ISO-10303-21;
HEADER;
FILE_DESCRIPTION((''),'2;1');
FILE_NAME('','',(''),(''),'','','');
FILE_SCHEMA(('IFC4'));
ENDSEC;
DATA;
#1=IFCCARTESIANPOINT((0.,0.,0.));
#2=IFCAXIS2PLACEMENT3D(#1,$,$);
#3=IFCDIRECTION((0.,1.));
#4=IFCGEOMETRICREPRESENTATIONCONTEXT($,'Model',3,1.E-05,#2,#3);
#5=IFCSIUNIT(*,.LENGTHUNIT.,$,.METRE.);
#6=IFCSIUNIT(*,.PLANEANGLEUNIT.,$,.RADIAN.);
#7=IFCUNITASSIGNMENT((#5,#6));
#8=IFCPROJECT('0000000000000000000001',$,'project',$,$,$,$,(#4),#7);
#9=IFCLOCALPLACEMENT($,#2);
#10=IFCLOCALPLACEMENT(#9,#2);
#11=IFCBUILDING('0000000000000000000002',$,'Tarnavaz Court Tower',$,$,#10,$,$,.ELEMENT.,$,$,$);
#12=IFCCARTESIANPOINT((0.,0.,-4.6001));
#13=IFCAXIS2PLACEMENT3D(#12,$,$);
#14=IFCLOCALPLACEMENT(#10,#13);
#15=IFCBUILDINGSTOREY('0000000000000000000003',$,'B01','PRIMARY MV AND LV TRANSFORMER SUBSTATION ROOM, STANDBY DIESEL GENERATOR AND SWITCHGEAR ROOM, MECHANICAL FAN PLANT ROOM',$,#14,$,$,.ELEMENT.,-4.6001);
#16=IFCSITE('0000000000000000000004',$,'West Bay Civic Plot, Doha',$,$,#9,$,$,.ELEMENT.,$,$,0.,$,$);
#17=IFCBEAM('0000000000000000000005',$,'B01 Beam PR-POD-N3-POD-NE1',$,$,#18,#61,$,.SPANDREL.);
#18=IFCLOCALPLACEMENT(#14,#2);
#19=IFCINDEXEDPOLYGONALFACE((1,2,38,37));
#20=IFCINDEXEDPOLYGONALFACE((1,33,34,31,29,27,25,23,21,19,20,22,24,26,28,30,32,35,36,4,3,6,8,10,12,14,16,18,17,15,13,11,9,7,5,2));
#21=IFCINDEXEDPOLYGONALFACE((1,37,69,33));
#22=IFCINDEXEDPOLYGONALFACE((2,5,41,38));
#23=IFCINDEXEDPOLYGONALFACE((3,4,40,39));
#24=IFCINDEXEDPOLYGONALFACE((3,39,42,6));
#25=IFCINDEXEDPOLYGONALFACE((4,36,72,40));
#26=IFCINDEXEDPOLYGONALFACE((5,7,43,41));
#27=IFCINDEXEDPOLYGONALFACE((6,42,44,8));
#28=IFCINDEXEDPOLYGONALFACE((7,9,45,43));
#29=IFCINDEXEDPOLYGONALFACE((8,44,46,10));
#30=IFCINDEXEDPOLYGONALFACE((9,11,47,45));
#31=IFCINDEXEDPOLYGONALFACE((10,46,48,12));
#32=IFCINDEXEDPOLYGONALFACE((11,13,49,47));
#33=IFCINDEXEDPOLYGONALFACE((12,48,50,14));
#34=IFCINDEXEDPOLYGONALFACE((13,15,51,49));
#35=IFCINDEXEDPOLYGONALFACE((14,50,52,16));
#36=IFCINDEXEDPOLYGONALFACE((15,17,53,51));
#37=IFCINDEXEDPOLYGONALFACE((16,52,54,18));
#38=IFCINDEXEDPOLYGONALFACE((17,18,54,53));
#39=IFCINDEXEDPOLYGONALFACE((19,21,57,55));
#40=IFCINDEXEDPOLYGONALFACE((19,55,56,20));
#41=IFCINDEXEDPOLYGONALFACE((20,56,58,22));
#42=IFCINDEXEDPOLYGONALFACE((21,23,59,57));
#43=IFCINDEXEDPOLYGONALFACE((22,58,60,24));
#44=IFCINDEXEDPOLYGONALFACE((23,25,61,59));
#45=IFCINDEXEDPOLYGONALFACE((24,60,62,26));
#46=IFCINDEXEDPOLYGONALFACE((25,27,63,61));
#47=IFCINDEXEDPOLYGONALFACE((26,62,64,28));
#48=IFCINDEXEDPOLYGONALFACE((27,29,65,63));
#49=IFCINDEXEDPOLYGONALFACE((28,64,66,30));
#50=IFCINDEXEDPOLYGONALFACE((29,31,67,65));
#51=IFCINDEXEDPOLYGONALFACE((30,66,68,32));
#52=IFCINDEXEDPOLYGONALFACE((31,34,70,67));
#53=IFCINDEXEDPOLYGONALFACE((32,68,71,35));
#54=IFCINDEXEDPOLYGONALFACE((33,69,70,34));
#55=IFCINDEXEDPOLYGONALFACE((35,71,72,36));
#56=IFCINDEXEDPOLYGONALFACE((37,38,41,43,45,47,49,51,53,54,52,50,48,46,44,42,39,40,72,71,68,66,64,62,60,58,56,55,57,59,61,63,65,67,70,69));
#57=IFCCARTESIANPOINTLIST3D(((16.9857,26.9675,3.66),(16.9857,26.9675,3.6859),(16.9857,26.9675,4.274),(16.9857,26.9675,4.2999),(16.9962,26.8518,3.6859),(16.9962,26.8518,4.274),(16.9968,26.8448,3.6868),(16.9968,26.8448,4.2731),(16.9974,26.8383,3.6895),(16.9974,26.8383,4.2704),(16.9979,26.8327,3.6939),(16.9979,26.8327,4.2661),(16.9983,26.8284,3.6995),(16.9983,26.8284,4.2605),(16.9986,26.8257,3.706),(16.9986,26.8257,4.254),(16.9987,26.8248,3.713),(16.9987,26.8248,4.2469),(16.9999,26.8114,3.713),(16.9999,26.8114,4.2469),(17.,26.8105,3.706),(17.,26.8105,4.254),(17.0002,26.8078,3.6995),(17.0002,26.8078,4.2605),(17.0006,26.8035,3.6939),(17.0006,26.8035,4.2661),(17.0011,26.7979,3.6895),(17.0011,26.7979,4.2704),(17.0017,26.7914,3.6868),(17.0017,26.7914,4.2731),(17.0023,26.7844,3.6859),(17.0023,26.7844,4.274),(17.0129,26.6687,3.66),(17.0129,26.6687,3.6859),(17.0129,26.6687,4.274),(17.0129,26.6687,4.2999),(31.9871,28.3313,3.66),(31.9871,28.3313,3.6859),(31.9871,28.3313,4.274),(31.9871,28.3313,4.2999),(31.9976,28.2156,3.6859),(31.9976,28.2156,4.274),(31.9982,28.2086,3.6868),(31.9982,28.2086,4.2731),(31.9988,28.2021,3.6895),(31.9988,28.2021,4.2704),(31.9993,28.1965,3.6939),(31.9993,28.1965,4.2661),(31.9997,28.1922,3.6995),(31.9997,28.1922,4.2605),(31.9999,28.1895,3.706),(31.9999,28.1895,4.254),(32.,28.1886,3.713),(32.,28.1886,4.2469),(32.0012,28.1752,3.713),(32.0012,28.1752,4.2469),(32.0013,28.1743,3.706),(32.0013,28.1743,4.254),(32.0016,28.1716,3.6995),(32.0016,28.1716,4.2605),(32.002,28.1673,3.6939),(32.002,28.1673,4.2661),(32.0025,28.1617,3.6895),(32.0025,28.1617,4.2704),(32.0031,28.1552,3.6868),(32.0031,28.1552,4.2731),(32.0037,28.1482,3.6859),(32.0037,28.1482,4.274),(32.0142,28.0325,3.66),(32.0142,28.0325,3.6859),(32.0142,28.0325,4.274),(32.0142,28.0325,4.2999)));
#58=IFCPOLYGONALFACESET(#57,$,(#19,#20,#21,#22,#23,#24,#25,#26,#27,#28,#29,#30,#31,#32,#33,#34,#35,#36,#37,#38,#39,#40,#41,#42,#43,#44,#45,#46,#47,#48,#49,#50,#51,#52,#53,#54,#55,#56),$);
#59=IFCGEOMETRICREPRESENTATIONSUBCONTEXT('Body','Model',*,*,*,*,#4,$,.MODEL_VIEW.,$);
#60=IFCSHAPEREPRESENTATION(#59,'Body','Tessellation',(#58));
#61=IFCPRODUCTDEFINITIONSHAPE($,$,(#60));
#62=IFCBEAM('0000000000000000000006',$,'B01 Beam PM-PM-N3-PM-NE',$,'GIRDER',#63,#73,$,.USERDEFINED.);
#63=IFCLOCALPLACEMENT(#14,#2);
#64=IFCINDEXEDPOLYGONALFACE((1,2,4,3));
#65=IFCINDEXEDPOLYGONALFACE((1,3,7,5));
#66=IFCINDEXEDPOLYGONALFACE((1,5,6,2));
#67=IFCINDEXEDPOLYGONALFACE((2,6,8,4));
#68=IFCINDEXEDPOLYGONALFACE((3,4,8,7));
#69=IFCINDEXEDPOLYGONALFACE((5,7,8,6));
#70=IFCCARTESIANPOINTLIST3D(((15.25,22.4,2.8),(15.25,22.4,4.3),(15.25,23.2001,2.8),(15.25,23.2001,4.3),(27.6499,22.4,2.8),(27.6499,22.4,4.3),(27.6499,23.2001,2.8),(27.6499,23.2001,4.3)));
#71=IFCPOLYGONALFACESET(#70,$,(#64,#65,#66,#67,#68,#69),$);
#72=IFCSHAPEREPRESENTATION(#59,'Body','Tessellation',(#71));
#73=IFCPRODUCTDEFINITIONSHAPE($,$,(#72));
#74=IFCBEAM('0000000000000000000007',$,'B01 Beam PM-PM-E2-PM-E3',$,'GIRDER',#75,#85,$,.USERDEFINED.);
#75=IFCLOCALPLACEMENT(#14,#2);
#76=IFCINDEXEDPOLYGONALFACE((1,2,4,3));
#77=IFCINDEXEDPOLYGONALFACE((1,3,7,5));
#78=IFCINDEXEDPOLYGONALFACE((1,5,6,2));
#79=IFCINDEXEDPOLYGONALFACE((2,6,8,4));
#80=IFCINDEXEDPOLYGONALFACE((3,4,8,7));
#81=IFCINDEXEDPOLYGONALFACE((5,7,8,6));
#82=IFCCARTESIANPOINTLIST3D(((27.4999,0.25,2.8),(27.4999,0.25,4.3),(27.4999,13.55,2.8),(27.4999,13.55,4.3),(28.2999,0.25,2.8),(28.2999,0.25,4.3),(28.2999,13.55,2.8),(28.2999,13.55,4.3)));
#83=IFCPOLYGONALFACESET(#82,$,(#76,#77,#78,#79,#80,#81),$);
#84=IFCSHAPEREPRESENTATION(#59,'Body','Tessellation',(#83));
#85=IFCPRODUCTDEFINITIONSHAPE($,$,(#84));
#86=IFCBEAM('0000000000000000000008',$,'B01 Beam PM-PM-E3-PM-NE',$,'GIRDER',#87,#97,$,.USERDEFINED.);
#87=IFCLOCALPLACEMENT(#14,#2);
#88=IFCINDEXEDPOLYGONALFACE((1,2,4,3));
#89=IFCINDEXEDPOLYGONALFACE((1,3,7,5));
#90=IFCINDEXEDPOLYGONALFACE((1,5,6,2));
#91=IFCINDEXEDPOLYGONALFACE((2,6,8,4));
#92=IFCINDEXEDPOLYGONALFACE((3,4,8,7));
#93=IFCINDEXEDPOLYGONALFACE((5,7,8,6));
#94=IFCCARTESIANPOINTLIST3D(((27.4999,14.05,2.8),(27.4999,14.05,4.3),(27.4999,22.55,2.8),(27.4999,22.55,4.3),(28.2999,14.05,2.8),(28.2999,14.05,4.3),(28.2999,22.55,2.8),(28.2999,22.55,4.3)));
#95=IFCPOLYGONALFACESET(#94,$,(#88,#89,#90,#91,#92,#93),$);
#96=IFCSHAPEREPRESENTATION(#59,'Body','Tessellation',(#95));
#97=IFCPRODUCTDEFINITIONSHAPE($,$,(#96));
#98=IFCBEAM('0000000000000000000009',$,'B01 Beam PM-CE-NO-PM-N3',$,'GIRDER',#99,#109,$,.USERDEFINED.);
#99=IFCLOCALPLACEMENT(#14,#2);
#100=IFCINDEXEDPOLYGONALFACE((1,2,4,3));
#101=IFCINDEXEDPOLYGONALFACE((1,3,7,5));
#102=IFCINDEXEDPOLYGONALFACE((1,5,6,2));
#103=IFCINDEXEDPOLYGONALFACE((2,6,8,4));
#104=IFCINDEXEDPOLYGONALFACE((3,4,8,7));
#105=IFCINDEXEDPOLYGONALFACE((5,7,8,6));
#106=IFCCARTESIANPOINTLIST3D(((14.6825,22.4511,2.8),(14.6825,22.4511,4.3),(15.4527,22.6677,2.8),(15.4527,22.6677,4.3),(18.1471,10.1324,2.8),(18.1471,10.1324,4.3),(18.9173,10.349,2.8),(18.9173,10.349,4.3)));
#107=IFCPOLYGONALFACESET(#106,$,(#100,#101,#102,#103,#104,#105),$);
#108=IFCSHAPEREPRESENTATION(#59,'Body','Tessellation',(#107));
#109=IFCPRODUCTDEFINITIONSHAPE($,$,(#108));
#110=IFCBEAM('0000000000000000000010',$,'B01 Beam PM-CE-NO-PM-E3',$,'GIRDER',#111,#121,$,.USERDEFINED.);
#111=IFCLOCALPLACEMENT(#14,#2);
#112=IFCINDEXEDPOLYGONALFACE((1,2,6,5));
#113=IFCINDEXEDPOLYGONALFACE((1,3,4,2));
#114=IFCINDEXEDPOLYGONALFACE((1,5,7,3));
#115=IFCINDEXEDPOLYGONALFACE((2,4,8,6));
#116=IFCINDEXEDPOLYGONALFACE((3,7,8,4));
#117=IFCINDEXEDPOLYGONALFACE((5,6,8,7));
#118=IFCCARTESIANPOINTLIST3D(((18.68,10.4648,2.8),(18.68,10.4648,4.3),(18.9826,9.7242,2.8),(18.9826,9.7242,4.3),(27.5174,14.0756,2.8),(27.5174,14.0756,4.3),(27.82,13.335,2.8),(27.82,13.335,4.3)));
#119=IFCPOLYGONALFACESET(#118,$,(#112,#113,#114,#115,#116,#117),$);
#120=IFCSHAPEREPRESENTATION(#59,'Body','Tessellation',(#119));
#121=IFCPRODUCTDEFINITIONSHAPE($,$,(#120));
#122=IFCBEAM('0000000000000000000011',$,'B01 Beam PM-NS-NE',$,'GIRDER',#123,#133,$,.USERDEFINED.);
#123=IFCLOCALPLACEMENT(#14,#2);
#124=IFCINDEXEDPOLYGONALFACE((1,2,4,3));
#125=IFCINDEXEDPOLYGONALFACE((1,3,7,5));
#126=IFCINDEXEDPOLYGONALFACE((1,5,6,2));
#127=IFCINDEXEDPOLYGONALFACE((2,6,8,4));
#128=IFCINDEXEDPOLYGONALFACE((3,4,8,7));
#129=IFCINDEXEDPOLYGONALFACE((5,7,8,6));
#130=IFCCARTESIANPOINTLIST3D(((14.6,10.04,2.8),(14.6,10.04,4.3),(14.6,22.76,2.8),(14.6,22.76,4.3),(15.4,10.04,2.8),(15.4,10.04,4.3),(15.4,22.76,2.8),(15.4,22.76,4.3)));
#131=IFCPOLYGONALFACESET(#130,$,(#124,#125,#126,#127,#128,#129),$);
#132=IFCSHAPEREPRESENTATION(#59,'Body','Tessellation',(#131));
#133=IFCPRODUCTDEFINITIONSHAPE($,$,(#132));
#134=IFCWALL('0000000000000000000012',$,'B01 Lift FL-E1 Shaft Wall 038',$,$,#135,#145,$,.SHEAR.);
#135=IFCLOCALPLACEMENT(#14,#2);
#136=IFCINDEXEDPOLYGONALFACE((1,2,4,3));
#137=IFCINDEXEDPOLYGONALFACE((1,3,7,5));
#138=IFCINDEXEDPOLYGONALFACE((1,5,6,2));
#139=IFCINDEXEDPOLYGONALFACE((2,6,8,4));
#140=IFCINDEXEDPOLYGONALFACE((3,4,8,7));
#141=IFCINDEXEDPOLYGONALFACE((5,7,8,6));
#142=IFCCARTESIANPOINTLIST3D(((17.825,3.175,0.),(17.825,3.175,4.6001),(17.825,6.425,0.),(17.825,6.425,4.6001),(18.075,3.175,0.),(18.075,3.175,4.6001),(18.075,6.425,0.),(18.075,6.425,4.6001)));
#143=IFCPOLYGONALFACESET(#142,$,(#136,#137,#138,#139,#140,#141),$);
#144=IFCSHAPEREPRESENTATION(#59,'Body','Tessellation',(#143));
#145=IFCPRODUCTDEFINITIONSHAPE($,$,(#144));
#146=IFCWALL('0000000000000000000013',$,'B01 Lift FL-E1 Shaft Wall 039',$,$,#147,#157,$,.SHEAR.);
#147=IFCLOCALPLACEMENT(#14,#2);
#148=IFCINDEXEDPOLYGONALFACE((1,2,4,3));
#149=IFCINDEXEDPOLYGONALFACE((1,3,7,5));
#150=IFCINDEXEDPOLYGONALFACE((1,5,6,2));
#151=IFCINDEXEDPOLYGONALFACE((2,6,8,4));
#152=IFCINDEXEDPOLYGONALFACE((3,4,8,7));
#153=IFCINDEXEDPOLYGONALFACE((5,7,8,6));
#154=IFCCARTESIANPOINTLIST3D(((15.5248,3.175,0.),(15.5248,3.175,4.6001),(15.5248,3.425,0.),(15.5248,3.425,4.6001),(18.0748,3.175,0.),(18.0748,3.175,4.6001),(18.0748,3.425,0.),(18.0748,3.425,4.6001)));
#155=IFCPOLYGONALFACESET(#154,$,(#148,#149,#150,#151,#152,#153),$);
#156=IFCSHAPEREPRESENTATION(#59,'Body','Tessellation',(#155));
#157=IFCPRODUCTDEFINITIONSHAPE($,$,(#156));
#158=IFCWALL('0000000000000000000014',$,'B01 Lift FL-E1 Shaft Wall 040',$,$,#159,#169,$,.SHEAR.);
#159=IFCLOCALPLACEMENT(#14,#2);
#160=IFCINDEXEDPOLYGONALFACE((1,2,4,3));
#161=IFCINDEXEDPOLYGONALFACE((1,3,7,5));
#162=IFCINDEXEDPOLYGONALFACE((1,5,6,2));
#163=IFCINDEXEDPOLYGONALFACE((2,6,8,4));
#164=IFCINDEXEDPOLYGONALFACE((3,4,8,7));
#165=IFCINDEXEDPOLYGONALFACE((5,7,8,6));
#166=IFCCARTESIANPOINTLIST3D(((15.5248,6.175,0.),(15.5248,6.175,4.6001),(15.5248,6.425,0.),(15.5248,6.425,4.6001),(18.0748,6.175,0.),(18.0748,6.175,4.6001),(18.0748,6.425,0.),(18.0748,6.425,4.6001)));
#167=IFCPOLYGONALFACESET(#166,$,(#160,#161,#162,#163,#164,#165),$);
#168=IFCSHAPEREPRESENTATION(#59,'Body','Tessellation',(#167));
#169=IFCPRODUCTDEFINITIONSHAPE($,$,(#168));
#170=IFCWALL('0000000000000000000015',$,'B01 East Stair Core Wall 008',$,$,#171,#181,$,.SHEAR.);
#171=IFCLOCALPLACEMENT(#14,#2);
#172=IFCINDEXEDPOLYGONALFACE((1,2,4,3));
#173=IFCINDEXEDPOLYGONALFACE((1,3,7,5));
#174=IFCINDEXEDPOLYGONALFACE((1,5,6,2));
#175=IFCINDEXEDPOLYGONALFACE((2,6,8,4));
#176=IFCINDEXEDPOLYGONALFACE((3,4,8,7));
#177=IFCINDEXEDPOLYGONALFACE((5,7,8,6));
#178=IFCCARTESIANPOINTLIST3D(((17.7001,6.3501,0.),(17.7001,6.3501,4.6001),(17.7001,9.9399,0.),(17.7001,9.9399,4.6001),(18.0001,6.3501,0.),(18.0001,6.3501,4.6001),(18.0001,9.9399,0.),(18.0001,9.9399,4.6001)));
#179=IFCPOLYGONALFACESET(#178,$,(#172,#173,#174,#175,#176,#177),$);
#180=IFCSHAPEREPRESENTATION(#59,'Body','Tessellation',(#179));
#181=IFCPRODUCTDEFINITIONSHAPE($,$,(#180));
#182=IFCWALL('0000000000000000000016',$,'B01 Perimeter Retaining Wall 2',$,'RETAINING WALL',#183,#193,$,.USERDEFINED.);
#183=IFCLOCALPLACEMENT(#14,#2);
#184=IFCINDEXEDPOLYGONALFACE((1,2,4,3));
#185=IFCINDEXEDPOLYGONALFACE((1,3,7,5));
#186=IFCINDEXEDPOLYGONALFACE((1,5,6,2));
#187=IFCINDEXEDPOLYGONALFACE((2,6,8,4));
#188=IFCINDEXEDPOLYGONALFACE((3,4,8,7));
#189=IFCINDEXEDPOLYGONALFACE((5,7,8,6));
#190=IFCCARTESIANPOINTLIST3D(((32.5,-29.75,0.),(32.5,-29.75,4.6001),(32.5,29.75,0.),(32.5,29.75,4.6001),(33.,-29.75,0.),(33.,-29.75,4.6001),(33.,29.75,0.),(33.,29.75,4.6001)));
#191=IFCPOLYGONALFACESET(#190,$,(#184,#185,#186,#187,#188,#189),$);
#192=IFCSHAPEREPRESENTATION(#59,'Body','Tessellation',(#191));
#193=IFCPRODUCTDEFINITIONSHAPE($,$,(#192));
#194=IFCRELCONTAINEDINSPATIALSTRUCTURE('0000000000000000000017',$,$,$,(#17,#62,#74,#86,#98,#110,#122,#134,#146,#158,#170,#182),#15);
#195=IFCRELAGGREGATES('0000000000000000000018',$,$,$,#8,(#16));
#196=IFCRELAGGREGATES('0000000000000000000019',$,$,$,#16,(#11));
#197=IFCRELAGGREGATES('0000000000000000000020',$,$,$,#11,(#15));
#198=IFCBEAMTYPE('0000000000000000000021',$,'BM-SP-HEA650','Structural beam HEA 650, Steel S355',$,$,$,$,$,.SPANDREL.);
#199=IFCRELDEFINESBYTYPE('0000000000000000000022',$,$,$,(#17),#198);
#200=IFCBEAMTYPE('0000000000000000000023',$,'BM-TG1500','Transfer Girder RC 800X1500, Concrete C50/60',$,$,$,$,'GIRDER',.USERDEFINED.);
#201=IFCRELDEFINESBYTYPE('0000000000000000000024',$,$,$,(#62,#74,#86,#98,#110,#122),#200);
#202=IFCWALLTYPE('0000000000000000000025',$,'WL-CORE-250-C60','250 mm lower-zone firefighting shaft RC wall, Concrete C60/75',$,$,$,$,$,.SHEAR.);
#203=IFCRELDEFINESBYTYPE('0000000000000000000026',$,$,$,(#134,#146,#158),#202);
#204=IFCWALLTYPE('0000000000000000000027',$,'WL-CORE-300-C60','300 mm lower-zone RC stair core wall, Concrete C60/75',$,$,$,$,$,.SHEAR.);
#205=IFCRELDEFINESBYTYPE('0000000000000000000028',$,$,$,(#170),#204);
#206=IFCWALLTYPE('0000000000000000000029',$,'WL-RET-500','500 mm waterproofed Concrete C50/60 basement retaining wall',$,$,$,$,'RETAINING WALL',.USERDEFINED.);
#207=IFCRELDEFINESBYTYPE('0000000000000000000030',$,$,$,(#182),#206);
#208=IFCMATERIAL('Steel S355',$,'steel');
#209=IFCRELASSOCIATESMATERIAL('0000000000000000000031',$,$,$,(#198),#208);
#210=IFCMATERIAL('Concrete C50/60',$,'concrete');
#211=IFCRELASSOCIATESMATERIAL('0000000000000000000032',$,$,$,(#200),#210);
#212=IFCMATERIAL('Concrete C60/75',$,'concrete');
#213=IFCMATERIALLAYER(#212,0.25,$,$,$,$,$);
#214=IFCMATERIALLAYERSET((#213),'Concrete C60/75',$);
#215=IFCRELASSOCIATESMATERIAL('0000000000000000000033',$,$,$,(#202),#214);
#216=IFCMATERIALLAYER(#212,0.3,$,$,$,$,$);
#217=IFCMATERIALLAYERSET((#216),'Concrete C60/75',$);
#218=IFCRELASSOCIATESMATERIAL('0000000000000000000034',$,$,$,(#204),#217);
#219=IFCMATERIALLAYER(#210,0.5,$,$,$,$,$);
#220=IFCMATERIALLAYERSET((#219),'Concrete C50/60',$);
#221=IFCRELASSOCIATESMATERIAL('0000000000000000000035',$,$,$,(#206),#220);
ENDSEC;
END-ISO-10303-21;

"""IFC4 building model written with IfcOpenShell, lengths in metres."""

from ifc_helpers import new_model, si_unit, direction, frame, frame_2d, origin, origin_2d, place, context, subcontext, project, spatial, rectangle, i_section, extrude, material, layer, layer_set, material_profile, profile_set, type_object, element, save


model = new_model("IFC4")

# Units and contexts
model_context = context("Model", 3, precision=1e-05, world=origin(), true_north=direction((0.0, 1.0)))
body_context = subcontext(model_context, "Body", "Model", "MODEL_VIEW")
ifc_project = project(units=[si_unit("LENGTHUNIT", "METRE"), si_unit("PLANEANGLEUNIT", "RADIAN")], contexts=[model_context])

# Site, building, storey
site_placement = place(None, origin())
site = spatial("IfcSite", under=ifc_project, at=site_placement, Name="West Bay Civic Plot, Doha", CompositionType="ELEMENT", RefElevation=0.0)
building_placement = place(site_placement, origin())
building = spatial("IfcBuilding", under=site, at=building_placement, Name="Tarnavaz Court Tower", CompositionType="ELEMENT")
storey_placement = place(building_placement, frame((0.0, 0.0, -4.6001)))
storey = spatial("IfcBuildingStorey", under=building, at=storey_placement, Name="B01", Description="PRIMARY MV AND LV TRANSFORMER SUBSTATION ROOM, STANDBY DIESEL GENERATOR AND SWITCHGEAR ROOM, MECHANICAL FAN PLANT ROOM", CompositionType="ELEMENT", Elevation=-4.6001)

# Shared definitions
ifc_material_1 = material(Name="Concrete C60/75", Category="concrete")
ifc_material_2 = material(Name="Concrete C50/60", Category="concrete")

# Beams
ifc_material_3 = material(Name="Steel S355", Category="steel")
ifc_material_profile_1 = material_profile(ifc_material_3, i_section(OverallWidth=0.3, OverallDepth=0.6399, WebThickness=0.0134, FlangeThickness=0.0259, FilletRadius=0.0271, at=origin_2d()), Name="HEA 650")
ifc_profile_set_1 = profile_set([ifc_material_profile_1], Name="Steel S355")
beam_type_1 = type_object("IfcBeamType", Name="BM-SP-HEA650", Description="Structural beam HEA 650, Steel S355", PredefinedType="SPANDREL", material=ifc_profile_set_1)
beam_1_placement = place(storey_placement, frame((16.9993, 26.8181, 3.98), z_axis=(0.995893, 0.090536, 0.0), x_axis=(-0.090536, 0.995893, 0.0)))
element("IfcBeam", 1, at=beam_1_placement, inside=storey, type_object=beam_type_1, Name="B01 Beam PR-POD-N3-POD-NE1", PredefinedType="SPANDREL", context=body_context, shape_type="SweptSolid", body=[
    extrude(i_section(OverallWidth=0.3, OverallDepth=0.6399, WebThickness=0.0134, FlangeThickness=0.0259, FilletRadius=0.0271, at=origin_2d()), origin(), (0.0, 0.0, 1.0), 15.0632),
])
ifc_material_profile_2 = material_profile(ifc_material_2, rectangle(XDim=0.8, YDim=1.5, at=origin_2d()), Name="RC 800X1500")
ifc_profile_set_2 = profile_set([ifc_material_profile_2], Name="Concrete C50/60")
beam_type_2 = type_object("IfcBeamType", Name="BM-TG1500", Description="Transfer Girder RC 800X1500, Concrete C50/60", ElementType="GIRDER", PredefinedType="USERDEFINED", material=ifc_profile_set_2)
beam_2_placement = place(storey_placement, frame((15.25, 22.8, 3.55), z_axis=(1.0, 0.0, 0.0), x_axis=(0.0, 1.0, 0.0)))
element("IfcBeam", 2, at=beam_2_placement, inside=storey, type_object=beam_type_2, Name="B01 Beam PM-PM-N3-PM-NE", ObjectType="GIRDER", PredefinedType="USERDEFINED", context=body_context, shape_type="SweptSolid", body=[
    extrude(rectangle(XDim=0.8, YDim=1.5, at=origin_2d()), origin(), (0.0, 0.0, 1.0), 12.3999),
])
beam_3_placement = place(storey_placement, frame((27.8999, 0.25, 3.55), z_axis=(0.0, 1.0, 0.0), x_axis=(-1.0, 0.0, 0.0)))
element("IfcBeam", 3, at=beam_3_placement, inside=storey, type_object=beam_type_2, Name="B01 Beam PM-PM-E2-PM-E3", ObjectType="GIRDER", PredefinedType="USERDEFINED", context=body_context, shape_type="SweptSolid", body=[
    extrude(rectangle(XDim=0.8, YDim=1.5, at=origin_2d()), origin(), (0.0, 0.0, 1.0), 13.3),
])
beam_4_placement = place(storey_placement, frame((27.8999, 14.05, 3.55), z_axis=(0.0, 1.0, 0.0), x_axis=(-1.0, 0.0, 0.0)))
element("IfcBeam", 4, at=beam_4_placement, inside=storey, type_object=beam_type_2, Name="B01 Beam PM-PM-E3-PM-NE", ObjectType="GIRDER", PredefinedType="USERDEFINED", context=body_context, shape_type="SweptSolid", body=[
    extrude(rectangle(XDim=0.8, YDim=1.5, at=origin_2d()), origin(), (0.0, 0.0, 1.0), 8.5),
])
beam_5_placement = place(storey_placement, frame((18.5322, 10.2407, 3.55), z_axis=(-0.270745, 0.962651, 0.0), x_axis=(-0.962651, -0.270745, 0.0)))
element("IfcBeam", 5, at=beam_5_placement, inside=storey, type_object=beam_type_2, Name="B01 Beam PM-CE-NO-PM-N3", ObjectType="GIRDER", PredefinedType="USERDEFINED", context=body_context, shape_type="SweptSolid", body=[
    extrude(rectangle(XDim=0.8, YDim=1.5, at=origin_2d()), origin(), (0.0, 0.0, 1.0), 12.7966),
])
beam_6_placement = place(storey_placement, frame((18.8313, 10.0945, 3.55), z_axis=(0.925711, 0.378233, 0.0), x_axis=(-0.378233, 0.925711, 0.0)))
element("IfcBeam", 6, at=beam_6_placement, inside=storey, type_object=beam_type_2, Name="B01 Beam PM-CE-NO-PM-E3", ObjectType="GIRDER", PredefinedType="USERDEFINED", context=body_context, shape_type="SweptSolid", body=[
    extrude(rectangle(XDim=0.8, YDim=1.5, at=origin_2d()), origin(), (0.0, 0.0, 1.0), 9.5466),
])
beam_7_placement = place(storey_placement, frame((15.0, 10.04, 3.55), z_axis=(0.0, 1.0, 0.0), x_axis=(-1.0, 0.0, 0.0)))
element("IfcBeam", 7, at=beam_7_placement, inside=storey, type_object=beam_type_2, Name="B01 Beam PM-NS-NE", ObjectType="GIRDER", PredefinedType="USERDEFINED", context=body_context, shape_type="SweptSolid", body=[
    extrude(rectangle(XDim=0.8, YDim=1.5, at=origin_2d()), origin(), (0.0, 0.0, 1.0), 12.72),
])

# Shared definitions
ifc_layer_1 = layer(ifc_material_1, 0.25)
ifc_layer_set_1 = layer_set([ifc_layer_1], Name="Concrete C60/75")
wall_type_1 = type_object("IfcWallType", Name="WL-CORE-250-C60", Description="250 mm lower-zone firefighting shaft RC wall, Concrete C60/75", PredefinedType="SHEAR", material=ifc_layer_set_1)

# Walls
wall_1_placement = place(storey_placement, frame((17.95, 3.175, 0.0), z_axis=(0.0, 0.0, 1.0), x_axis=(0.0, 1.0, 0.0)))
element("IfcWall", 8, at=wall_1_placement, inside=storey, type_object=wall_type_1, Name="B01 Lift FL-E1 Shaft Wall 038", PredefinedType="SHEAR", context=body_context, shape_type="SweptSolid", body=[
    extrude(rectangle(XDim=3.25, YDim=0.25, at=frame_2d((1.625, 0.0))), origin(), (0.0, 0.0, 1.0), 4.6001),
])
for number, where, z_axis, x_axis, name in (
    (9, (15.5249, 3.3, 0.0), (0.0, 0.0, 1.0), (1.0, 0.0, 0.0), "B01 Lift FL-E1 Shaft Wall 039"),
    (10, (15.5249, 6.3, 0.0), (0.0, 0.0, 1.0), (1.0, 0.0, 0.0), "B01 Lift FL-E1 Shaft Wall 040"),
):
    element("IfcWall", number, at=place(storey_placement, frame(where, z_axis=z_axis, x_axis=x_axis)), inside=storey, type_object=wall_type_1, Name=name, PredefinedType="SHEAR", context=body_context, shape_type="SweptSolid", body=[
        extrude(rectangle(XDim=2.55, YDim=0.25, at=frame_2d((1.2749, 0.0))), origin(), (0.0, 0.0, 1.0), 4.6001),
    ])
ifc_layer_2 = layer(ifc_material_1, 0.3)
ifc_layer_set_2 = layer_set([ifc_layer_2], Name="Concrete C60/75")
wall_type_2 = type_object("IfcWallType", Name="WL-CORE-300-C60", Description="300 mm lower-zone RC stair core wall, Concrete C60/75", PredefinedType="SHEAR", material=ifc_layer_set_2)
wall_2_placement = place(storey_placement, frame((17.8501, 6.3501, 0.0), z_axis=(0.0, 0.0, 1.0), x_axis=(0.0, 1.0, 0.0)))
element("IfcWall", 11, at=wall_2_placement, inside=storey, type_object=wall_type_2, Name="B01 East Stair Core Wall 008", PredefinedType="SHEAR", context=body_context, shape_type="SweptSolid", body=[
    extrude(rectangle(XDim=3.5898, YDim=0.3, at=frame_2d((1.7949, 0.0))), origin(), (0.0, 0.0, 1.0), 4.6001),
])
ifc_layer_3 = layer(ifc_material_2, 0.5)
ifc_layer_set_3 = layer_set([ifc_layer_3], Name="Concrete C50/60")
wall_type_3 = type_object("IfcWallType", Name="WL-RET-500", Description="500 mm waterproofed Concrete C50/60 basement retaining wall", ElementType="RETAINING WALL", PredefinedType="USERDEFINED", material=ifc_layer_set_3)
wall_3_placement = place(storey_placement, frame((32.75, 29.75, 0.0), z_axis=(0.0, 0.0, 1.0), x_axis=(0.0, -1.0, 0.0)))
element("IfcWall", 12, at=wall_3_placement, inside=storey, type_object=wall_type_3, Name="B01 Perimeter Retaining Wall 2", ObjectType="RETAINING WALL", PredefinedType="USERDEFINED", context=body_context, shape_type="SweptSolid", body=[
    extrude(rectangle(XDim=59.5, YDim=0.5, at=frame_2d((29.75, 0.0))), origin(), (0.0, 0.0, 1.0), 4.6001),
])

save(model, "model.ifc")
